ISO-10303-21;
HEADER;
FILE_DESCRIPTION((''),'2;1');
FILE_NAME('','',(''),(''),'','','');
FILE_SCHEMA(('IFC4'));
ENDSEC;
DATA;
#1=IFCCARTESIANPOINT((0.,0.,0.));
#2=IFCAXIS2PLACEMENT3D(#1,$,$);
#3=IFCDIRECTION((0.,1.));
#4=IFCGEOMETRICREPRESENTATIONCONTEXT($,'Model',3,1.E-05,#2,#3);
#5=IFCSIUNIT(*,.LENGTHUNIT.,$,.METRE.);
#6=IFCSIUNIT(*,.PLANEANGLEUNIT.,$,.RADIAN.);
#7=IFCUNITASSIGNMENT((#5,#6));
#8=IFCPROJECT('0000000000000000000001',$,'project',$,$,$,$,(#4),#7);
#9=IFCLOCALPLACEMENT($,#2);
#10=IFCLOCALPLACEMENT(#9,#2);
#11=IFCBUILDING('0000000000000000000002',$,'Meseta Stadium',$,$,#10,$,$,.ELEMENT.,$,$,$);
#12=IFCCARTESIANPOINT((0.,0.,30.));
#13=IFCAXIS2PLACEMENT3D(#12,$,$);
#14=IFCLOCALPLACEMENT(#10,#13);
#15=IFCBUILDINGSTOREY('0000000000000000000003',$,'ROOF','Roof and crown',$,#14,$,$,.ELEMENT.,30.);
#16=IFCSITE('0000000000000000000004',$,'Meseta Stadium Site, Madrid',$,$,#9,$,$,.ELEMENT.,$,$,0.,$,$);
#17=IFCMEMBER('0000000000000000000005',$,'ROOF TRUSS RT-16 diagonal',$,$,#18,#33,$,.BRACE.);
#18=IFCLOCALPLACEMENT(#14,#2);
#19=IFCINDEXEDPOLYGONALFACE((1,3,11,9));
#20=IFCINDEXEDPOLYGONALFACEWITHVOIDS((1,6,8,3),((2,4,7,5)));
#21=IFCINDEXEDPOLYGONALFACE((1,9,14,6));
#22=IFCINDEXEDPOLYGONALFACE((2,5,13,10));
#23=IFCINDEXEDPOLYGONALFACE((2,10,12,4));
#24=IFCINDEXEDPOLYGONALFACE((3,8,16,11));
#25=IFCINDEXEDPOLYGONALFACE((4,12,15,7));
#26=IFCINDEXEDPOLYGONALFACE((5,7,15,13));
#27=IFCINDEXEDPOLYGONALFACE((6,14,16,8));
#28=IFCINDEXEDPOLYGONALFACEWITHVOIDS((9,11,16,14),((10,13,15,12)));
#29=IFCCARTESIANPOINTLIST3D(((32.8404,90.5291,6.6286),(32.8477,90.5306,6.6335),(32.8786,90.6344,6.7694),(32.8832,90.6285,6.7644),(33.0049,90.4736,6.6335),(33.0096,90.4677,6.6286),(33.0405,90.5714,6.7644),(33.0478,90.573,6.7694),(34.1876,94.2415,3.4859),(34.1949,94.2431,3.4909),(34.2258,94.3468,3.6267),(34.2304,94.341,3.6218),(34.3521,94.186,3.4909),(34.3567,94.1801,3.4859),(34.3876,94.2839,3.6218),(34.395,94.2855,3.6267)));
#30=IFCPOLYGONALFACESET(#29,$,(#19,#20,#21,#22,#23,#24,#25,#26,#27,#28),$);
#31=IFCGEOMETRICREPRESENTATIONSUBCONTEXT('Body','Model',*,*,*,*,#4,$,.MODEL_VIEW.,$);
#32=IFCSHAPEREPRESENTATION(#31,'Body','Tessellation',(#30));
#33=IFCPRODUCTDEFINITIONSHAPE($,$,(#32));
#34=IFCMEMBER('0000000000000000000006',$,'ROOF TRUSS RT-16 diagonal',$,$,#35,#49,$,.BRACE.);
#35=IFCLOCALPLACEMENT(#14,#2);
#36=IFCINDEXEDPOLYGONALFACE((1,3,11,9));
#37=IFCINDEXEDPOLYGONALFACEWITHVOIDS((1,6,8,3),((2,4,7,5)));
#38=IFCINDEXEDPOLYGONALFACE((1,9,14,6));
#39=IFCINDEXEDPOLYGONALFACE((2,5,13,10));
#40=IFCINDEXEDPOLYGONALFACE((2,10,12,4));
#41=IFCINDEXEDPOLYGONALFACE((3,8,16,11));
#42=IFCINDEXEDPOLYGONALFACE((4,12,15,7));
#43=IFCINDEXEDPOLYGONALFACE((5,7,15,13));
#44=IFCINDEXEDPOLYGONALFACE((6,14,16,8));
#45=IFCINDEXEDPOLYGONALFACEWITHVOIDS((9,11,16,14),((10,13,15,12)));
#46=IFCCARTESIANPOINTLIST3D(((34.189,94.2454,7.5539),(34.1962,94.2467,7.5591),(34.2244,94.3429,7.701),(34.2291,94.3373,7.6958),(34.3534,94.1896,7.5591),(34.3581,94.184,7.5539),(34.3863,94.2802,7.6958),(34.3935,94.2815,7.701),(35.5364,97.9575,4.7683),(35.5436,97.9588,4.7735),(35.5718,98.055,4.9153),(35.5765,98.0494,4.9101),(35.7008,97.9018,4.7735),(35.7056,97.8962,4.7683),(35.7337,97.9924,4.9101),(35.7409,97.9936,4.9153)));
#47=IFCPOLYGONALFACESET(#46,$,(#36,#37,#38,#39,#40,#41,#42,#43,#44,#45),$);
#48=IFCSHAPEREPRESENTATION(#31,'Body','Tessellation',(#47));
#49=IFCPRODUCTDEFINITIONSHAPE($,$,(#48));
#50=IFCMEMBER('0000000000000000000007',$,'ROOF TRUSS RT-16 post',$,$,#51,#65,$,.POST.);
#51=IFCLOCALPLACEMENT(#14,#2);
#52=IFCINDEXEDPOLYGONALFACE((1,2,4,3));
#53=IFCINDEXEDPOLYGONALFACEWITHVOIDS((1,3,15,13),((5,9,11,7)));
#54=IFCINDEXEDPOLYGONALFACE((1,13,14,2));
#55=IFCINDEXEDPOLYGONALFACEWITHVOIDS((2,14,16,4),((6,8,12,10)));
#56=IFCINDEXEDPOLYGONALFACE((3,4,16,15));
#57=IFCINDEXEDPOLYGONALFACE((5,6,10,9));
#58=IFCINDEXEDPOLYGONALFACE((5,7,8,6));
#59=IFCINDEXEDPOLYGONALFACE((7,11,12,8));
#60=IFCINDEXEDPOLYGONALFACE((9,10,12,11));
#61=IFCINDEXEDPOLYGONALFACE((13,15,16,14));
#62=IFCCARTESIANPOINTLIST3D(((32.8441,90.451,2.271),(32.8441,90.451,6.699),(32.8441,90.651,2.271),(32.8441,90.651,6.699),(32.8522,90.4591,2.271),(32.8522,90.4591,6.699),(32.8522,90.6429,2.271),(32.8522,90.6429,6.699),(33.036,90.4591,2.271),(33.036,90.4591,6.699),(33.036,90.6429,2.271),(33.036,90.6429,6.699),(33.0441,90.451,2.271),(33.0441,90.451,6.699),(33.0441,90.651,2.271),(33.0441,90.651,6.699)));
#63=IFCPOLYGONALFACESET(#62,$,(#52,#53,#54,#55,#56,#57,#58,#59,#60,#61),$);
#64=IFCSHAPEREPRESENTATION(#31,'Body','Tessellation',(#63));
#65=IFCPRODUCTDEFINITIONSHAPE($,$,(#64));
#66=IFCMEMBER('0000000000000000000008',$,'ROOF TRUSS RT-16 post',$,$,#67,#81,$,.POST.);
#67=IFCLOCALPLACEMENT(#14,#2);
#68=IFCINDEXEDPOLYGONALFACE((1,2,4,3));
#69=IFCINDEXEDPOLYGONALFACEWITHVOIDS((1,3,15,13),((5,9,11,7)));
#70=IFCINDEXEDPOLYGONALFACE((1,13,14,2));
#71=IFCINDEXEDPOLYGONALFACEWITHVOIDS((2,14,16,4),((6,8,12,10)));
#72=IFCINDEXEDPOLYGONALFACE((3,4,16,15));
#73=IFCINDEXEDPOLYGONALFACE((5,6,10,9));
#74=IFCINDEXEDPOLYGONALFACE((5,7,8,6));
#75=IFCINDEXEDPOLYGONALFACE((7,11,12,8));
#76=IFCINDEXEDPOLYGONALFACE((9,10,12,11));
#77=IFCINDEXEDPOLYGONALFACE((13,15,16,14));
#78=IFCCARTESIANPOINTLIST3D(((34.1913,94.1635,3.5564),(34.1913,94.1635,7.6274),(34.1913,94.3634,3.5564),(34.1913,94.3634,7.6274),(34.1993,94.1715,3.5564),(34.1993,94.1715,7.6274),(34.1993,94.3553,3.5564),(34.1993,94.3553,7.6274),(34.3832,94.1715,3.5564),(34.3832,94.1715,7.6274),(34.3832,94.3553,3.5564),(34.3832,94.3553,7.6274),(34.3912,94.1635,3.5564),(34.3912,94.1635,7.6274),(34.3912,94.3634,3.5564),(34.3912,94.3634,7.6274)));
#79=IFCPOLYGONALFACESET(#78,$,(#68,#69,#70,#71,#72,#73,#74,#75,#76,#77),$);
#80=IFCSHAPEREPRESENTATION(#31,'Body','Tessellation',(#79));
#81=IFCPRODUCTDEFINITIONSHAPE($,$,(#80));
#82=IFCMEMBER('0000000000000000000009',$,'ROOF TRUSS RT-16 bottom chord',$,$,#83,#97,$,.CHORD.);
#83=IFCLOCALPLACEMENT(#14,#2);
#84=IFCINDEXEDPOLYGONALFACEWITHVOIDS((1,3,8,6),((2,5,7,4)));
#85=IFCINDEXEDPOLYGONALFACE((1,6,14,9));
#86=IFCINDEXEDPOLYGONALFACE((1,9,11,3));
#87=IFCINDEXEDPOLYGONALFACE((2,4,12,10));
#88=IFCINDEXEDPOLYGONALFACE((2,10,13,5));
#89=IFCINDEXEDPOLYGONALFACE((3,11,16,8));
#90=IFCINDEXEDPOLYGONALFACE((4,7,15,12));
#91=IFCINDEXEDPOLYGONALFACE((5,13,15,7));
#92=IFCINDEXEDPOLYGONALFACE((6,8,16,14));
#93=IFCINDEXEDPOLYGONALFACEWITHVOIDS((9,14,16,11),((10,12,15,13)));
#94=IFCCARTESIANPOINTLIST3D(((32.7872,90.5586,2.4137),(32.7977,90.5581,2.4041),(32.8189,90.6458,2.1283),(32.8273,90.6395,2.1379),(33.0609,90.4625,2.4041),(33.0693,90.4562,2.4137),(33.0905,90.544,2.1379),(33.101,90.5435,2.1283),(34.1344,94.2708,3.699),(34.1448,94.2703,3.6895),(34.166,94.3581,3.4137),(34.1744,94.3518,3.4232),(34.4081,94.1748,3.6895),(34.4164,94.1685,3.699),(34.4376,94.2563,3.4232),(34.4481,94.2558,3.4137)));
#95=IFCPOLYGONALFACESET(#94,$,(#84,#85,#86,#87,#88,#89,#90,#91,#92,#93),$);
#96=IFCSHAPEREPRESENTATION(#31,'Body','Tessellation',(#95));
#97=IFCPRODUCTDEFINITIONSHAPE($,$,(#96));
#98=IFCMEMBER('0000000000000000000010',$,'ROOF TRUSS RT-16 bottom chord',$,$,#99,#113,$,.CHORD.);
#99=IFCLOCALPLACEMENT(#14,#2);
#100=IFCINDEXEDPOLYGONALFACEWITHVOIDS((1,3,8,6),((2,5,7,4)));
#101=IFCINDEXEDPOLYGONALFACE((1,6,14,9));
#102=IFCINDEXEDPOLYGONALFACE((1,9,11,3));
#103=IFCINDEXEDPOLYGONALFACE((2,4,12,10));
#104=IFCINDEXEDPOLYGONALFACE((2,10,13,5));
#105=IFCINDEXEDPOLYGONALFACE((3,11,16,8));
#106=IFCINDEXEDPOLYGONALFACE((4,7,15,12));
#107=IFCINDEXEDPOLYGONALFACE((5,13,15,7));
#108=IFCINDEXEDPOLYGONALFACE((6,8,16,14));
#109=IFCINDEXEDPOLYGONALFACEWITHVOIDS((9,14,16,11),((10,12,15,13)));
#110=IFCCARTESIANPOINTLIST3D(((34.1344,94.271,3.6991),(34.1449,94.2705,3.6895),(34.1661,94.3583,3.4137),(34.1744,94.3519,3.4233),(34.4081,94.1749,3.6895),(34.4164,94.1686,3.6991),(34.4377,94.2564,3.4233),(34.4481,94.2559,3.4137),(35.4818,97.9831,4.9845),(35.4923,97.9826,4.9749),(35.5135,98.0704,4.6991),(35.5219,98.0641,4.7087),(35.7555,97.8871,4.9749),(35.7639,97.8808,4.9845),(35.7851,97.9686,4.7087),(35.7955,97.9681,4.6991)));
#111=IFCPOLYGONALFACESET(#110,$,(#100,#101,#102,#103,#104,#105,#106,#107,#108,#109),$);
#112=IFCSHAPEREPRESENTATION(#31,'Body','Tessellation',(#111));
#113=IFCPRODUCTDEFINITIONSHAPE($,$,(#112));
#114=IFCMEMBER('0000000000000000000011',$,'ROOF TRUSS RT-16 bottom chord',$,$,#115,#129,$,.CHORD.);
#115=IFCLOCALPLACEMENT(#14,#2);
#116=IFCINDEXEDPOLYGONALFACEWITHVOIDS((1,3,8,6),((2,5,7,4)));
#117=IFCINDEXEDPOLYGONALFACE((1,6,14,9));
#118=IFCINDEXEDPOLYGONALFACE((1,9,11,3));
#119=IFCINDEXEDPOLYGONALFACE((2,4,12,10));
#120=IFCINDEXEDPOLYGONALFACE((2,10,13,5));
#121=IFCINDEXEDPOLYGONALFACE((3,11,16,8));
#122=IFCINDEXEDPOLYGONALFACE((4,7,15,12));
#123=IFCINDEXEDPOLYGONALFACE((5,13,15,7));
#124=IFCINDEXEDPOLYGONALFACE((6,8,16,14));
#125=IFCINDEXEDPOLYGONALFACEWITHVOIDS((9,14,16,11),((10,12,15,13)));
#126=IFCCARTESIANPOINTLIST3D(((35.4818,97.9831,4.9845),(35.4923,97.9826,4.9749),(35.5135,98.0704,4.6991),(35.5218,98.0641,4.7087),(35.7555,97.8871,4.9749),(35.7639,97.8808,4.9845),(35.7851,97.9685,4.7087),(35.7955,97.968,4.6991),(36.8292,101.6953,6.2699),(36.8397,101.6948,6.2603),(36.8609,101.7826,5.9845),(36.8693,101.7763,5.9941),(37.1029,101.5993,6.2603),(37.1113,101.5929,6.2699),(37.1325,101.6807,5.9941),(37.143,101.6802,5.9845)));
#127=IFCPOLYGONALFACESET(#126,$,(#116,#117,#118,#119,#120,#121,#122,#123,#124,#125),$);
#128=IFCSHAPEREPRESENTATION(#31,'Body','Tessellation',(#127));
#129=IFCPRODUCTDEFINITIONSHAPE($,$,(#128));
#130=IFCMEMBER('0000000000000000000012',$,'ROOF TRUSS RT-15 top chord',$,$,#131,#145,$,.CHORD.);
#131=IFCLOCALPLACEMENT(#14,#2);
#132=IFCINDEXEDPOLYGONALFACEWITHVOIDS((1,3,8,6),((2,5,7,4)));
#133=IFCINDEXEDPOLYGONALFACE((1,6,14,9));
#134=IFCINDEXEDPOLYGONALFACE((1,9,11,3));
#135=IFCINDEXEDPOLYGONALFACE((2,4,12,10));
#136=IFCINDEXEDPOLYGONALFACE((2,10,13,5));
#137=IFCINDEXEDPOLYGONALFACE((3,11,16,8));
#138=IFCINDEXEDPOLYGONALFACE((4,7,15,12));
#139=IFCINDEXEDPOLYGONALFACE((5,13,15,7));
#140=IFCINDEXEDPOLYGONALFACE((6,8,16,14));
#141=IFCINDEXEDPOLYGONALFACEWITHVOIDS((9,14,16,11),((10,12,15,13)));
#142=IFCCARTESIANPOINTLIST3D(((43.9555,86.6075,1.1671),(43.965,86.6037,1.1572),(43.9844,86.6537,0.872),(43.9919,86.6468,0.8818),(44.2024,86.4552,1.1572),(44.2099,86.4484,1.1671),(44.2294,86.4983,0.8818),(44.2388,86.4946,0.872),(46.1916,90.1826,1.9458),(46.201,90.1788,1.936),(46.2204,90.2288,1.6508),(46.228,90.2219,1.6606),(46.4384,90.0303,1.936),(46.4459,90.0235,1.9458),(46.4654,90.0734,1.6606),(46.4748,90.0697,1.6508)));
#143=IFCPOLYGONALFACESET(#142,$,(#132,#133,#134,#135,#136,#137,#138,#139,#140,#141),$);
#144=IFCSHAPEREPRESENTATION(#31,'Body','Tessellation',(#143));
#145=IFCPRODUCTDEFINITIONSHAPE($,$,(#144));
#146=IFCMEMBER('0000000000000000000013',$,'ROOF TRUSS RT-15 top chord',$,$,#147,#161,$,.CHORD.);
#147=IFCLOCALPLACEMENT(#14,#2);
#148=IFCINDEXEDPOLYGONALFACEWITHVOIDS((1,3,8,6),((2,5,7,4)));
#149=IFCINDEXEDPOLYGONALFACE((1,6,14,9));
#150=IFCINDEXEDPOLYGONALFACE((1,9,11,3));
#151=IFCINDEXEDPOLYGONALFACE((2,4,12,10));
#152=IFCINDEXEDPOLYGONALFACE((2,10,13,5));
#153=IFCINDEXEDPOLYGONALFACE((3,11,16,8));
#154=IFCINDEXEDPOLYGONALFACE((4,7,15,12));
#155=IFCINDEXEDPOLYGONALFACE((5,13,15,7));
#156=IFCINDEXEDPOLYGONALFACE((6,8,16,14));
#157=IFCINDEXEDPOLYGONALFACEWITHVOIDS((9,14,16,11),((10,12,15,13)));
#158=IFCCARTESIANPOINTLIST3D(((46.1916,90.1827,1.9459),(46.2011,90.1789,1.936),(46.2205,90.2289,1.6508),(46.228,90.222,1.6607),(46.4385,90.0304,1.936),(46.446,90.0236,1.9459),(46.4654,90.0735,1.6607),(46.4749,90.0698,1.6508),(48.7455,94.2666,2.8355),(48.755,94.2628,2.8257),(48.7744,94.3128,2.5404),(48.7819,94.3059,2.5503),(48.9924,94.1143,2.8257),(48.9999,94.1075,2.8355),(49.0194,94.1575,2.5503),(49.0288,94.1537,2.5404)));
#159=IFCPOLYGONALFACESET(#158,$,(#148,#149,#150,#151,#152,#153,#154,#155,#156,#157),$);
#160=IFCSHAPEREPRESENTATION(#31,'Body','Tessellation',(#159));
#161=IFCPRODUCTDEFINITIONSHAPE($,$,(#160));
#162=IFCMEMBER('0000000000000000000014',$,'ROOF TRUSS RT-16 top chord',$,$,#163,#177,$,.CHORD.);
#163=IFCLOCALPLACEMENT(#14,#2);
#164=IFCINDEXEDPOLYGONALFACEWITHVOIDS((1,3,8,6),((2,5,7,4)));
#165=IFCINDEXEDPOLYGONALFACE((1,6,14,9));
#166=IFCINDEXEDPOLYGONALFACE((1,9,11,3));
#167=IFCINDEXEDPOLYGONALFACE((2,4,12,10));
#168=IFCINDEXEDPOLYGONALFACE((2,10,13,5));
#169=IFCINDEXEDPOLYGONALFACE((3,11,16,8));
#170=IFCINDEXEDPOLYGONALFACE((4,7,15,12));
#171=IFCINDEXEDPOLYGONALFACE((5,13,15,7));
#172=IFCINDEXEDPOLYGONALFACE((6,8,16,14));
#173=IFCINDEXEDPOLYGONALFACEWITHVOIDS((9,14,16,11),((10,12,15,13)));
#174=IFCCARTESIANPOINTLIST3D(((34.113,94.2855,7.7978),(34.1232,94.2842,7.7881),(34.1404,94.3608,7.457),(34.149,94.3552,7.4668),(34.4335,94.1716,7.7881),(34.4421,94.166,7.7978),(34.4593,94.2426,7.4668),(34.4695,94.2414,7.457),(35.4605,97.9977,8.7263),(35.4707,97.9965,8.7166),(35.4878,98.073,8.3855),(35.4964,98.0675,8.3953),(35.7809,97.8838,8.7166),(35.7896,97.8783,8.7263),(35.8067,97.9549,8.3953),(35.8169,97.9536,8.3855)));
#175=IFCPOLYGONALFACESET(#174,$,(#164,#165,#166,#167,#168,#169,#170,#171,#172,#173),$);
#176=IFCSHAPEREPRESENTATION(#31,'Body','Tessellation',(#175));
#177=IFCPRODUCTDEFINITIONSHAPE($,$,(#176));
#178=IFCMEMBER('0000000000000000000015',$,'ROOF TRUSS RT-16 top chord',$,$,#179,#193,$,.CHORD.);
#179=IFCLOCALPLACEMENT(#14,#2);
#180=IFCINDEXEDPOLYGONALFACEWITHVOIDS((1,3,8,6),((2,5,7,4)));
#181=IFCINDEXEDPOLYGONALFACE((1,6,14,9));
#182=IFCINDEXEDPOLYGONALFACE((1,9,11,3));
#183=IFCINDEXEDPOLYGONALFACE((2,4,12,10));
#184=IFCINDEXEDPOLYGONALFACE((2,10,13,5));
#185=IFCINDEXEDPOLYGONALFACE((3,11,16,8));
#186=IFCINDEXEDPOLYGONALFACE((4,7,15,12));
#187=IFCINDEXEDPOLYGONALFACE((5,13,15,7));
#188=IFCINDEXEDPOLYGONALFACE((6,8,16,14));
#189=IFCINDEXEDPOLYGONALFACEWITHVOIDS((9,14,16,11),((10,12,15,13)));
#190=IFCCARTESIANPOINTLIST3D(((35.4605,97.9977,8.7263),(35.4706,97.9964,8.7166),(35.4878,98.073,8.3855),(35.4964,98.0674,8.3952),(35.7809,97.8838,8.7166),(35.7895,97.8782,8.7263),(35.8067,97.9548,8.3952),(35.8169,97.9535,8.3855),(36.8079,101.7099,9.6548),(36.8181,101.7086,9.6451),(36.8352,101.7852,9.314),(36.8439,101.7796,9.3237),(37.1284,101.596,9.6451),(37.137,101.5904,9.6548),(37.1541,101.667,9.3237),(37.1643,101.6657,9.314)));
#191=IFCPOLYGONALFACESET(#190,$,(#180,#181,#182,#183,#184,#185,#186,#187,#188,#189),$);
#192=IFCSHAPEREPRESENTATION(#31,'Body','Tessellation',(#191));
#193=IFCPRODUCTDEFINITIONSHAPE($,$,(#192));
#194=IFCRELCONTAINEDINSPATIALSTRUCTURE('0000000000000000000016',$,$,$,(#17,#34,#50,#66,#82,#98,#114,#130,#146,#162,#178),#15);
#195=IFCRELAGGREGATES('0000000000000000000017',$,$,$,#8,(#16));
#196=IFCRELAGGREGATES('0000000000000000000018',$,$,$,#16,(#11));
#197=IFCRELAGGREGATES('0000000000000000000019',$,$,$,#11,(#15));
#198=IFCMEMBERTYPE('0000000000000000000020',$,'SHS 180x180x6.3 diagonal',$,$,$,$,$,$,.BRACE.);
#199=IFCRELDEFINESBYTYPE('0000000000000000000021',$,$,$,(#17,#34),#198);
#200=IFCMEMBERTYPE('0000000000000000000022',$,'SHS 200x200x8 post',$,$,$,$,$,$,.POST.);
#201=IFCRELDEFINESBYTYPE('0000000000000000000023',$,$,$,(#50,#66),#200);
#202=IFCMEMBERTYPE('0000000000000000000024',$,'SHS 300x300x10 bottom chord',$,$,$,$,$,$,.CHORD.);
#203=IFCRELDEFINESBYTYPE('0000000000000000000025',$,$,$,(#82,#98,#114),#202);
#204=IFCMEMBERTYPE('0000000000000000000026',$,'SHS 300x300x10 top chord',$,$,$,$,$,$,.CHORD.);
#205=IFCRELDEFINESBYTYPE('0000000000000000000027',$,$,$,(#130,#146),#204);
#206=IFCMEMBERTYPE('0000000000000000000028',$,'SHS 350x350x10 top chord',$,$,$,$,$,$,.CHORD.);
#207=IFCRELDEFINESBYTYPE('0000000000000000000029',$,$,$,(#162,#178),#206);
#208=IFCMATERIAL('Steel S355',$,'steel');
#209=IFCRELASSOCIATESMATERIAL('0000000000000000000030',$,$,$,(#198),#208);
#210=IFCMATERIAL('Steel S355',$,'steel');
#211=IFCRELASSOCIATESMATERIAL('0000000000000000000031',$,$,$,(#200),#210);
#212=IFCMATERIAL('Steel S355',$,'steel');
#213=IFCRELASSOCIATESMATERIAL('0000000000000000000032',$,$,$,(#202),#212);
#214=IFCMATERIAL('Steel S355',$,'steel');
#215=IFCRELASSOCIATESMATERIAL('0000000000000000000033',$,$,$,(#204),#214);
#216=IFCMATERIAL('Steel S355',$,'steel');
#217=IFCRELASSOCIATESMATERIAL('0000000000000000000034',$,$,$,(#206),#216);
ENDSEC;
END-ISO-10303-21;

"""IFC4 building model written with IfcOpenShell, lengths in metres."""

from ifc_helpers import new_model, si_unit, direction, frame, origin, origin_2d, place, context, subcontext, project, spatial, hollow_rectangle, extrude, material, material_profile, profile_set, type_object, element, save


model = new_model("IFC4")

# Units and contexts
model_context = context("Model", 3, precision=1e-05, world=origin(), true_north=direction((0.0, 1.0)))
body_context = subcontext(model_context, "Body", "Model", "MODEL_VIEW")
ifc_project = project(units=[si_unit("LENGTHUNIT", "METRE"), si_unit("PLANEANGLEUNIT", "RADIAN")], contexts=[model_context])

# Site, building, storey
site_placement = place(None, origin())
site = spatial("IfcSite", under=ifc_project, at=site_placement, Name="Meseta Stadium Site, Madrid", CompositionType="ELEMENT", RefElevation=0.0)
building_placement = place(site_placement, origin())
building = spatial("IfcBuilding", under=site, at=building_placement, Name="Meseta Stadium", CompositionType="ELEMENT")
storey_placement = place(building_placement, frame((0.0, 0.0, 30.0)))
storey = spatial("IfcBuildingStorey", under=building, at=storey_placement, Name="ROOF", Description="Roof and crown", CompositionType="ELEMENT", Elevation=30.0)

# Members
ifc_material_1 = material(Name="Steel S355", Category="steel")
ifc_material_profile_1 = material_profile(ifc_material_1, hollow_rectangle(XDim=0.1799, YDim=0.1799, WallThickness=0.0063, at=origin_2d()), Name="SHS 180x180x6.3")
ifc_profile_set_1 = profile_set([ifc_material_profile_1], Name="Steel S355")
member_type_1 = type_object("IfcMemberType", Name="SHS 180x180x6.3 diagonal", PredefinedType="BRACE", material=ifc_profile_set_1)
member_1_placement = place(storey_placement, frame((32.9441, 90.551, 6.699), z_axis=(0.266923, 0.735561, -0.622658), x_axis=(-0.940021, 0.341118, 0.0)))
element("IfcMember", 1, at=member_1_placement, inside=storey, type_object=member_type_1, Name="ROOF TRUSS RT-16 diagonal", PredefinedType="BRACE", context=body_context, shape_type="SweptSolid", body=[
    extrude(hollow_rectangle(XDim=0.1799, YDim=0.1799, WallThickness=0.0063, at=origin_2d()), origin(), (0.0, 0.0, 1.0), 5.0471),
])
member_2_placement = place(storey_placement, frame((34.2913, 94.2634, 7.6274), z_axis=(0.278809, 0.768126, -0.57641), x_axis=(-0.939994, 0.341192, 0.0)))
element("IfcMember", 2, at=member_2_placement, inside=storey, type_object=member_type_1, Name="ROOF TRUSS RT-16 diagonal", PredefinedType="BRACE", context=body_context, shape_type="SweptSolid", body=[
    extrude(hollow_rectangle(XDim=0.1799, YDim=0.1799, WallThickness=0.0063, at=origin_2d()), origin(), (0.0, 0.0, 1.0), 4.8328),
])
ifc_material_2 = material(Name="Steel S355", Category="steel")
ifc_material_profile_2 = material_profile(ifc_material_2, hollow_rectangle(XDim=0.2, YDim=0.2, WallThickness=0.0081, at=origin_2d()), Name="SHS 200x200x8")
ifc_profile_set_2 = profile_set([ifc_material_profile_2], Name="Steel S355")
member_type_2 = type_object("IfcMemberType", Name="SHS 200x200x8 post", PredefinedType="POST", material=ifc_profile_set_2)
member_3_placement = place(storey_placement, frame((32.9441, 90.551, 2.271), z_axis=(0.0, 0.0, 1.0), x_axis=(1.0, 0.0, 0.0)))
element("IfcMember", 3, at=member_3_placement, inside=storey, type_object=member_type_2, Name="ROOF TRUSS RT-16 post", PredefinedType="POST", context=body_context, shape_type="SweptSolid", body=[
    extrude(hollow_rectangle(XDim=0.2, YDim=0.2, WallThickness=0.0081, at=origin_2d()), origin(), (0.0, 0.0, 1.0), 4.428),
])
member_4_placement = place(storey_placement, frame((34.2913, 94.2634, 3.5564), z_axis=(0.0, 0.0, 1.0), x_axis=(1.0, 0.0, 0.0)))
element("IfcMember", 4, at=member_4_placement, inside=storey, type_object=member_type_2, Name="ROOF TRUSS RT-16 post", PredefinedType="POST", context=body_context, shape_type="SweptSolid", body=[
    extrude(hollow_rectangle(XDim=0.2, YDim=0.2, WallThickness=0.0081, at=origin_2d()), origin(), (0.0, 0.0, 1.0), 4.071),
])
ifc_material_3 = material(Name="Steel S355", Category="steel")
ifc_material_profile_3 = material_profile(ifc_material_3, hollow_rectangle(XDim=0.3, YDim=0.3, WallThickness=0.01, at=origin_2d()), Name="SHS 300x300x10")
ifc_profile_set_3 = profile_set([ifc_material_profile_3], Name="Steel S355")
member_type_3 = type_object("IfcMemberType", Name="SHS 300x300x10 bottom chord", PredefinedType="CHORD", material=ifc_profile_set_3)
for number, where, z_axis, x_axis, name in (
    (5, (32.9441, 90.551, 2.271), (0.324369, 0.893866, 0.309497), (-0.940021, 0.341118, 0.0), "ROOF TRUSS RT-16 bottom chord"),
    (6, (34.2913, 94.2634, 3.5564), (0.324439, 0.893837, 0.309507), (-0.939994, 0.341192, 0.0), "ROOF TRUSS RT-16 bottom chord"),
    (7, (35.6387, 97.9756, 4.8418), (0.324439, 0.893837, 0.309507), (-0.939994, 0.341192, 0.0), "ROOF TRUSS RT-16 bottom chord"),
):
    element("IfcMember", number, at=place(storey_placement, frame(where, z_axis=z_axis, x_axis=x_axis)), inside=storey, type_object=member_type_3, Name=name, PredefinedType="CHORD", context=body_context, shape_type="SweptSolid", body=[
        extrude(hollow_rectangle(XDim=0.3, YDim=0.3, WallThickness=0.01, at=origin_2d()), origin(), (0.0, 0.0, 1.0), 4.1531),
    ])
ifc_material_4 = material(Name="Steel S355", Category="steel")
ifc_material_profile_4 = material_profile(ifc_material_4, hollow_rectangle(XDim=0.3, YDim=0.3, WallThickness=0.01, at=origin_2d()), Name="SHS 300x300x10")
ifc_profile_set_4 = profile_set([ifc_material_profile_4], Name="Steel S355")
member_type_4 = type_object("IfcMemberType", Name="SHS 300x300x10 top chord", PredefinedType="CHORD", material=ifc_profile_set_4)
member_5_placement = place(storey_placement, frame((44.0972, 86.551, 1.0195), z_axis=(0.521451, 0.833729, 0.181617), x_axis=(-0.847829, 0.53027, 0.0)))
element("IfcMember", 8, at=member_5_placement, inside=storey, type_object=member_type_4, Name="ROOF TRUSS RT-15 top chord", PredefinedType="CHORD", context=body_context, shape_type="SweptSolid", body=[
    extrude(hollow_rectangle(XDim=0.3, YDim=0.3, WallThickness=0.01, at=origin_2d()), origin(), (0.0, 0.0, 1.0), 4.2881),
])
member_6_placement = place(storey_placement, frame((46.3333, 90.1262, 1.7983), z_axis=(0.521399, 0.83376, 0.181625), x_axis=(-0.847862, 0.530218, 0.0)))
element("IfcMember", 9, at=member_6_placement, inside=storey, type_object=member_type_4, Name="ROOF TRUSS RT-15 top chord", PredefinedType="CHORD", context=body_context, shape_type="SweptSolid", body=[
    extrude(hollow_rectangle(XDim=0.3, YDim=0.3, WallThickness=0.01, at=origin_2d()), origin(), (0.0, 0.0, 1.0), 4.8982),
])
ifc_material_5 = material(Name="Steel S355", Category="steel")
ifc_material_profile_5 = material_profile(ifc_material_5, hollow_rectangle(XDim=0.3501, YDim=0.3501, WallThickness=0.01, at=origin_2d()), Name="SHS 350x350x10")
ifc_profile_set_5 = profile_set([ifc_material_profile_5], Name="Steel S355")
member_type_5 = type_object("IfcMemberType", Name="SHS 350x350x10 top chord", PredefinedType="CHORD", material=ifc_profile_set_5)
for number, where, z_axis, x_axis, name in (
    (10, (34.2913, 94.2634, 7.6274), (0.332136, 0.915044, 0.228866), (-0.939994, 0.341192, 0.0), "ROOF TRUSS RT-16 top chord"),
    (11, (35.6387, 97.9756, 8.5559), (0.332136, 0.915044, 0.228866), (-0.939994, 0.341192, 0.0), "ROOF TRUSS RT-16 top chord"),
):
    element("IfcMember", number, at=place(storey_placement, frame(where, z_axis=z_axis, x_axis=x_axis)), inside=storey, type_object=member_type_5, Name=name, PredefinedType="CHORD", context=body_context, shape_type="SweptSolid", body=[
        extrude(hollow_rectangle(XDim=0.3501, YDim=0.3501, WallThickness=0.01, at=origin_2d()), origin(), (0.0, 0.0, 1.0), 4.0569),
    ])

save(model, "model.ifc")
